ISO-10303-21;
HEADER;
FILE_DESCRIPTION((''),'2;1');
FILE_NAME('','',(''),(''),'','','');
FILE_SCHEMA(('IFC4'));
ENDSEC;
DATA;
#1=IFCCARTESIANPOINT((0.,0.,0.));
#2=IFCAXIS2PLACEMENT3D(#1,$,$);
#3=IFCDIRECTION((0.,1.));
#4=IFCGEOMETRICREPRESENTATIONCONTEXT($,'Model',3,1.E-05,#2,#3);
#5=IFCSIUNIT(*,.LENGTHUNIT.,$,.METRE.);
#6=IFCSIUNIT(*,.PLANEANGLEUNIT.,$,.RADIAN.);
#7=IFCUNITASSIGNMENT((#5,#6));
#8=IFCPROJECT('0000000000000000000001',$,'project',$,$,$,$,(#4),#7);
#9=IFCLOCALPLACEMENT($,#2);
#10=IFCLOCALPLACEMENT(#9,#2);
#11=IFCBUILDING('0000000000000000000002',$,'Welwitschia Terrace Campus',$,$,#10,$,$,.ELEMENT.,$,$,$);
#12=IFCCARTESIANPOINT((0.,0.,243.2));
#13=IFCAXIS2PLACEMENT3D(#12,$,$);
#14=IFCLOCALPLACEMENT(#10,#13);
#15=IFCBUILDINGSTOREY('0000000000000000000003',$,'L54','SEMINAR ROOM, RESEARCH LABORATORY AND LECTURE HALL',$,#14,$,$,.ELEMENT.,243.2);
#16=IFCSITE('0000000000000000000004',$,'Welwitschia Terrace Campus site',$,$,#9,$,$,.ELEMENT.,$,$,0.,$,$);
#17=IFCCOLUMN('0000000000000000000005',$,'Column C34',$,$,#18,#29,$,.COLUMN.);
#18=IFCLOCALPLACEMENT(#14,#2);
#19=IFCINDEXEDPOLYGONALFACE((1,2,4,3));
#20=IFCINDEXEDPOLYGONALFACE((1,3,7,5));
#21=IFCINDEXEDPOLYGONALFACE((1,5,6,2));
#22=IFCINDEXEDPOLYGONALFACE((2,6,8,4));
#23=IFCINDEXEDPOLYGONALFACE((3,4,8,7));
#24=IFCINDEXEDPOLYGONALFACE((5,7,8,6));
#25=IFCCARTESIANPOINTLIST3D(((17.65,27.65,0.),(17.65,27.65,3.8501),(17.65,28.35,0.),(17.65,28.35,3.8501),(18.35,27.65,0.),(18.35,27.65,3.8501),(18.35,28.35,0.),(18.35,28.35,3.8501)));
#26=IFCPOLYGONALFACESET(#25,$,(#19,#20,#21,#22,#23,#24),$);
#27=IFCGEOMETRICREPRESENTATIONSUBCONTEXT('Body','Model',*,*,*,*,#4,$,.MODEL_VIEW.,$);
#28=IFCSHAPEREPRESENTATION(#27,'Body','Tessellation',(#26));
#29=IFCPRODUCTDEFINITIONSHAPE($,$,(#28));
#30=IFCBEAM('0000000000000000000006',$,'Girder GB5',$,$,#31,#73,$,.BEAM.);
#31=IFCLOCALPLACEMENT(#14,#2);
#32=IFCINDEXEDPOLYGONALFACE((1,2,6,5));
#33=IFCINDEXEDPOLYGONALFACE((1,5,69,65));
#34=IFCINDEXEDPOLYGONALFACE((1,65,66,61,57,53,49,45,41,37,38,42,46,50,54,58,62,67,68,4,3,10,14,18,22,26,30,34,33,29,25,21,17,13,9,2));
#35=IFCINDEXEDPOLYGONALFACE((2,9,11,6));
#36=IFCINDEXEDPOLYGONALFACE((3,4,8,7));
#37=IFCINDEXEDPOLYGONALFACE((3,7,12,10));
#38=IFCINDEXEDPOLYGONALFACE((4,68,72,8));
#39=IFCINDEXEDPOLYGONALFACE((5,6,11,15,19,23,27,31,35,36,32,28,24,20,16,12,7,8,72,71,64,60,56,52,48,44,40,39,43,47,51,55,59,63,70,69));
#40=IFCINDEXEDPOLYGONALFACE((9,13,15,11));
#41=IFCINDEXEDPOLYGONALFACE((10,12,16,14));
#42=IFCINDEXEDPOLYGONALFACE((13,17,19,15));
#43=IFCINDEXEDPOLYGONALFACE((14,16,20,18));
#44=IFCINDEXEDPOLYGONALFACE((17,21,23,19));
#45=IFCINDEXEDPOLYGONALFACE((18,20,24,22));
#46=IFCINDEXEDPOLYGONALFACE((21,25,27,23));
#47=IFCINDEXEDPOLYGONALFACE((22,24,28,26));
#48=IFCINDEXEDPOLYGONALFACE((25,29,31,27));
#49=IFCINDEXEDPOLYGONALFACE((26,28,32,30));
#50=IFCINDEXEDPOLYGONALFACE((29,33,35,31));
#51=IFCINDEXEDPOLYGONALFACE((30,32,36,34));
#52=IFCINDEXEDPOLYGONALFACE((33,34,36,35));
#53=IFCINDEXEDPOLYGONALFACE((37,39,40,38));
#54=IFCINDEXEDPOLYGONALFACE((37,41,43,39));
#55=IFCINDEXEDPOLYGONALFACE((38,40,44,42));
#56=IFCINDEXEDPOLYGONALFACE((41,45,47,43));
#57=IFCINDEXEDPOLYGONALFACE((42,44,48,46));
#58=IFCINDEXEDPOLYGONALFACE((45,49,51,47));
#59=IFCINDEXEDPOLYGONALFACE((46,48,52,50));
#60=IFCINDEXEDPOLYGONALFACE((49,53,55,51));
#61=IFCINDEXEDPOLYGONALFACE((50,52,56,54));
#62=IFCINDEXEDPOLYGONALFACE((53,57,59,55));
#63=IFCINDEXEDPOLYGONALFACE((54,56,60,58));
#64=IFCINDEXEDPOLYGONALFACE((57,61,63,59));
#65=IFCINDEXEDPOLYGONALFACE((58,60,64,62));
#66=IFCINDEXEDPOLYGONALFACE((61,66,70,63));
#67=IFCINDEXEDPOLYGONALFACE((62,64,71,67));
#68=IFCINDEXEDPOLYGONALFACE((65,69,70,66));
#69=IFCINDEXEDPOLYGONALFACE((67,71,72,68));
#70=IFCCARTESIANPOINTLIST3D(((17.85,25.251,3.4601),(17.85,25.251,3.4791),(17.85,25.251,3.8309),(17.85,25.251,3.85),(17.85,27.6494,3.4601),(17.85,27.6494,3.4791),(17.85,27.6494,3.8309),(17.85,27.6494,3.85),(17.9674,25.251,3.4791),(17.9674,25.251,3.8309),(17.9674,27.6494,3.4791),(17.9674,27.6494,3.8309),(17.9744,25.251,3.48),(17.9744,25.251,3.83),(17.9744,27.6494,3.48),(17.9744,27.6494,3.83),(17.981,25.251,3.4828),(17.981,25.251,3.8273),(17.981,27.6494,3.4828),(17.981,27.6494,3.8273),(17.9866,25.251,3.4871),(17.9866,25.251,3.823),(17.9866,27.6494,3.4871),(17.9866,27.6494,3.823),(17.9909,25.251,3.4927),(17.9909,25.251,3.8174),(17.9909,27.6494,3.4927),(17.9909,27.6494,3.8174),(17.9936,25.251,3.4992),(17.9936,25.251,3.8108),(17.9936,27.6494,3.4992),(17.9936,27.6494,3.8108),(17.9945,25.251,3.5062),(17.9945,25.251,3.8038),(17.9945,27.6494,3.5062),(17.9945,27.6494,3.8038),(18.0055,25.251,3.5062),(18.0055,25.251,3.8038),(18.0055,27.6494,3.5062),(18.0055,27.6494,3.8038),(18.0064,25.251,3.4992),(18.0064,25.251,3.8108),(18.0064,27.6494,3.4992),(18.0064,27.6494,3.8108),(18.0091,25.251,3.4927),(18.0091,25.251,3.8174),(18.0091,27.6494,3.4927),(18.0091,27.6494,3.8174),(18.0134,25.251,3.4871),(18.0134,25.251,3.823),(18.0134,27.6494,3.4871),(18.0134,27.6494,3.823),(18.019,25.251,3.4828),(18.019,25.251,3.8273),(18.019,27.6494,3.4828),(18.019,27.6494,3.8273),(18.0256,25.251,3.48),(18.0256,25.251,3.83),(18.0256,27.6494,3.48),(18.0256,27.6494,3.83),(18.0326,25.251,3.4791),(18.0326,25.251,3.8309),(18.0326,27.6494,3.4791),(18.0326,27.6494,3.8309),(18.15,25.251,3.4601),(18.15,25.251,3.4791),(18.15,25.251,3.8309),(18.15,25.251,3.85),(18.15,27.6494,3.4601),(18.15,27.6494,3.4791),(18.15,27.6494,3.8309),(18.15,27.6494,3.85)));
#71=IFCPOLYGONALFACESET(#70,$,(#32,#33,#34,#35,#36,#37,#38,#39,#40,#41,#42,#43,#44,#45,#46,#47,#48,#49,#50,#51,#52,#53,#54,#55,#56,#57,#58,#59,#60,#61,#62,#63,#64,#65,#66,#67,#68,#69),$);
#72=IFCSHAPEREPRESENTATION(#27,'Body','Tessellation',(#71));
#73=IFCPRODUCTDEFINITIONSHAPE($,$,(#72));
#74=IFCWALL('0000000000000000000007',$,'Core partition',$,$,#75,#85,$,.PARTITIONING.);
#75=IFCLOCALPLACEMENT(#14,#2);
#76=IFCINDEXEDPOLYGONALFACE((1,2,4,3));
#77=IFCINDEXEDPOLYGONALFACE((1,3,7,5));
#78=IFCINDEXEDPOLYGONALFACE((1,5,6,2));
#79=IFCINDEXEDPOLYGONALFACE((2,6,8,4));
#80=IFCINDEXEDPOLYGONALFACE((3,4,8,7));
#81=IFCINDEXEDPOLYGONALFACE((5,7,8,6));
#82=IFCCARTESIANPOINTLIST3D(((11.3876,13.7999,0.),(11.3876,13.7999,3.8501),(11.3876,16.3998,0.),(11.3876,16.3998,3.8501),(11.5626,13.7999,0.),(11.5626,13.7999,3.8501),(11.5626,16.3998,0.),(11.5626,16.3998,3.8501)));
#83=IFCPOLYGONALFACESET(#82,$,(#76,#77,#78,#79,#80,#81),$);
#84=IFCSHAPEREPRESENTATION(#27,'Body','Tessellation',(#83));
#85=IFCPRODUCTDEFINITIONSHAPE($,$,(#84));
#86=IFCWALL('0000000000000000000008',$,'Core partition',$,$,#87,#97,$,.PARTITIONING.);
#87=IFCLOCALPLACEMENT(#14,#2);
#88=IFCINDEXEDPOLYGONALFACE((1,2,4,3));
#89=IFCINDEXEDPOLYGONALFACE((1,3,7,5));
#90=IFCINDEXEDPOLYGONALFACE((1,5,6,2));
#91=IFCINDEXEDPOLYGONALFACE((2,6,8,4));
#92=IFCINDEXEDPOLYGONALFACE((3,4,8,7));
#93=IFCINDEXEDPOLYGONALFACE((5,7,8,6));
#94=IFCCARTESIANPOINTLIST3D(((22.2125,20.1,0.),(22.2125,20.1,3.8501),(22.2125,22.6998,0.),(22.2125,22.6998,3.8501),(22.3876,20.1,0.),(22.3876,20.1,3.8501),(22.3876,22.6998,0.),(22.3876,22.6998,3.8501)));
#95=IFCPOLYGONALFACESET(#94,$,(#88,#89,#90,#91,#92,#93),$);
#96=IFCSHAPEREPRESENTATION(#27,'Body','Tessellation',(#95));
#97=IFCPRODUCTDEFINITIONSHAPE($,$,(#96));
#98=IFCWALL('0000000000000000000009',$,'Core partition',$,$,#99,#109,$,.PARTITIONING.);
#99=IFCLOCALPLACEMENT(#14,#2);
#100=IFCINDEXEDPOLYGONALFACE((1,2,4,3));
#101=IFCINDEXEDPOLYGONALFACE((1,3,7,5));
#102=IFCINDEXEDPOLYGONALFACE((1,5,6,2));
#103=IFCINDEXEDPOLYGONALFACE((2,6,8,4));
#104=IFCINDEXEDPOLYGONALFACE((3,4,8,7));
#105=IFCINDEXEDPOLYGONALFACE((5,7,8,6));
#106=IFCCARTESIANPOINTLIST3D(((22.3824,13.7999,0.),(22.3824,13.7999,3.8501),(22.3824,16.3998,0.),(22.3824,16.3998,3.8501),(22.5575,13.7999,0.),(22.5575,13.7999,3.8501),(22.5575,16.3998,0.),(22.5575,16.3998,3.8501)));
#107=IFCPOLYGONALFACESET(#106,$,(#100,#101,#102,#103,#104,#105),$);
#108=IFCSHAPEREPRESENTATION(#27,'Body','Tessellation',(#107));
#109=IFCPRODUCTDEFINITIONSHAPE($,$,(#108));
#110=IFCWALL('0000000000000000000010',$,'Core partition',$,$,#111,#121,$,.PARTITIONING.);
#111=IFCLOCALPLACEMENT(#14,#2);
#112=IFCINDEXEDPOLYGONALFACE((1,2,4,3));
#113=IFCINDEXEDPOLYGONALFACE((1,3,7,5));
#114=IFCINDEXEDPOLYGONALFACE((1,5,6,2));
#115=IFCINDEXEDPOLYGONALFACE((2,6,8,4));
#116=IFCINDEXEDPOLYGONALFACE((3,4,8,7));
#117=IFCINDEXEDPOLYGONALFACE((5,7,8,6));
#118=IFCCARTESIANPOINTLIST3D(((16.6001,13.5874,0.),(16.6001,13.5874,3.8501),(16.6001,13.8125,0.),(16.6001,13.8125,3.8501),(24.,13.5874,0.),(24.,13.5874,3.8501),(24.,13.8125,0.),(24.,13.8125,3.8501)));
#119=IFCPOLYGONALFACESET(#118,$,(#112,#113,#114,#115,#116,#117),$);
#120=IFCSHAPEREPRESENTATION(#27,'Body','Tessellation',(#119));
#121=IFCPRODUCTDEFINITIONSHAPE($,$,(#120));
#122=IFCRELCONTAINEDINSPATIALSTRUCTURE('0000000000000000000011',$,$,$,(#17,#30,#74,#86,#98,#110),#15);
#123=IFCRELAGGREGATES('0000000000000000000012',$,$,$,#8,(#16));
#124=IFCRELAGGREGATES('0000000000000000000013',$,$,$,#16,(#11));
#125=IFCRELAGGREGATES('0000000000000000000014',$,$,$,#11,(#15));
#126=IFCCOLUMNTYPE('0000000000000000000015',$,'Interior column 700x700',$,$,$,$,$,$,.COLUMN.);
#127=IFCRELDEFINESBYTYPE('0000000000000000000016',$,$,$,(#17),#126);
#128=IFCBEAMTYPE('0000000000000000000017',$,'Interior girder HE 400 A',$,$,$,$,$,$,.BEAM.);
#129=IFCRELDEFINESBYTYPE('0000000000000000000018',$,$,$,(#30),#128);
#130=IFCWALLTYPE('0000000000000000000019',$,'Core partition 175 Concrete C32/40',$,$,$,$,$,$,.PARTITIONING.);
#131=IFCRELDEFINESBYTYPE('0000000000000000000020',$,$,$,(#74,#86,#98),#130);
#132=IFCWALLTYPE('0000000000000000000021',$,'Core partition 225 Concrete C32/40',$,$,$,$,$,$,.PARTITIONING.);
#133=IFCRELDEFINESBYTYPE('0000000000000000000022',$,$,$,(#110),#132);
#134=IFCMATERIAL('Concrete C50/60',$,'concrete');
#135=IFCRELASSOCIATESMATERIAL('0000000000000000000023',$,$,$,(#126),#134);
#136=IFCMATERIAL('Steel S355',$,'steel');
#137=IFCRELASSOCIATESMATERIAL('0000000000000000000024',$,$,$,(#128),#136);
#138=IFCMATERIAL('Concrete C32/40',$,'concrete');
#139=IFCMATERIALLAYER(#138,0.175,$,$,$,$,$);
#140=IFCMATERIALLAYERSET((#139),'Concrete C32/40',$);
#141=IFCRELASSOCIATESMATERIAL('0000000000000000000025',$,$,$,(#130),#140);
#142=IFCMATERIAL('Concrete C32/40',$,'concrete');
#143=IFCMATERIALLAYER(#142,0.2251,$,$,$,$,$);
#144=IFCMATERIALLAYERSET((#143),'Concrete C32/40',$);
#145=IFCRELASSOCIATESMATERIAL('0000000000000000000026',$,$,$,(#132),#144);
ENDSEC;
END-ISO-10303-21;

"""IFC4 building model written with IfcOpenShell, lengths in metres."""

from ifc_helpers import new_model, si_unit, direction, frame, frame_2d, origin, origin_2d, place, context, subcontext, project, spatial, rectangle, i_section, extrude, material, layer, layer_set, material_profile, profile_set, type_object, element, save


model = new_model("IFC4")

# Units and contexts
model_context = context("Model", 3, precision=1e-05, world=origin(), true_north=direction((0.0, 1.0)))
body_context = subcontext(model_context, "Body", "Model", "MODEL_VIEW")
ifc_project = project(units=[si_unit("LENGTHUNIT", "METRE"), si_unit("PLANEANGLEUNIT", "RADIAN")], contexts=[model_context])

# Site, building, storey
site_placement = place(None, origin())
site = spatial("IfcSite", under=ifc_project, at=site_placement, Name="Welwitschia Terrace Campus site", CompositionType="ELEMENT", RefElevation=0.0)
building_placement = place(site_placement, origin())
building = spatial("IfcBuilding", under=site, at=building_placement, Name="Welwitschia Terrace Campus", CompositionType="ELEMENT")
storey_placement = place(building_placement, frame((0.0, 0.0, 243.2)))
storey = spatial("IfcBuildingStorey", under=building, at=storey_placement, Name="L54", Description="SEMINAR ROOM, RESEARCH LABORATORY AND LECTURE HALL", CompositionType="ELEMENT", Elevation=243.2)

# Column
ifc_material_1 = material(Name="Concrete C50/60", Category="concrete")
ifc_material_profile_1 = material_profile(ifc_material_1, rectangle(XDim=0.7, YDim=0.7, at=origin_2d()))
ifc_profile_set_1 = profile_set([ifc_material_profile_1], Name="Concrete C50/60")
column_type = type_object("IfcColumnType", Name="Interior column 700x700", PredefinedType="COLUMN", material=ifc_profile_set_1)
column_placement = place(storey_placement, frame((18.0, 28.0, 0.0), z_axis=(0.0, 0.0, 1.0), x_axis=(1.0, 0.0, 0.0)))
element("IfcColumn", 1, at=column_placement, inside=storey, type_object=column_type, Name="Column C34", PredefinedType="COLUMN", context=body_context, shape_type="SweptSolid", body=[
    extrude(rectangle(XDim=0.7, YDim=0.7, at=origin_2d()), origin(), (0.0, 0.0, 1.0), 3.8501),
])

# Beam
ifc_material_2 = material(Name="Steel S355", Category="steel")
ifc_material_profile_2 = material_profile(ifc_material_2, i_section(OverallWidth=0.3, OverallDepth=0.3899, WebThickness=0.011, FlangeThickness=0.019, FilletRadius=0.0271, at=origin_2d()))
ifc_profile_set_2 = profile_set([ifc_material_profile_2], Name="Steel S355")
beam_type = type_object("IfcBeamType", Name="Interior girder HE 400 A", PredefinedType="BEAM", material=ifc_profile_set_2)
beam_placement = place(storey_placement, frame((18.0, 25.251, 3.655), z_axis=(0.0, 1.0, 0.0), x_axis=(-1.0, 0.0, 0.0)))
element("IfcBeam", 2, at=beam_placement, inside=storey, type_object=beam_type, Name="Girder GB5", PredefinedType="BEAM", context=body_context, shape_type="SweptSolid", body=[
    extrude(i_section(OverallWidth=0.3, OverallDepth=0.3899, WebThickness=0.011, FlangeThickness=0.019, FilletRadius=0.0271, at=origin_2d()), origin(), (0.0, 0.0, 1.0), 2.3984),
])

# Walls
ifc_material_3 = material(Name="Concrete C32/40", Category="concrete")
ifc_layer_1 = layer(ifc_material_3, 0.175)
ifc_layer_set_1 = layer_set([ifc_layer_1], Name="Concrete C32/40")
wall_type_1 = type_object("IfcWallType", Name="Core partition 175 Concrete C32/40", PredefinedType="PARTITIONING", material=ifc_layer_set_1)
for number, where, z_axis, x_axis, name in (
    (3, (11.4751, 13.8, 0.0), (0.0, 0.0, 1.0), (0.0, 1.0, 0.0), "Core partition"),
    (4, (22.3, 20.1001, 0.0), (0.0, 0.0, 1.0), (0.0, 1.0, 0.0), "Core partition"),
    (5, (22.47, 13.8, 0.0), (0.0, 0.0, 1.0), (0.0, 1.0, 0.0), "Core partition"),
):
    element("IfcWall", number, at=place(storey_placement, frame(where, z_axis=z_axis, x_axis=x_axis)), inside=storey, type_object=wall_type_1, Name=name, PredefinedType="PARTITIONING", context=body_context, shape_type="SweptSolid", body=[
        extrude(rectangle(XDim=2.5999, YDim=0.175, at=frame_2d((1.2998, 0.0))), origin(), (0.0, 0.0, 1.0), 3.8501),
    ])
ifc_material_4 = material(Name="Concrete C32/40", Category="concrete")
ifc_layer_2 = layer(ifc_material_4, 0.2251)
ifc_layer_set_2 = layer_set([ifc_layer_2], Name="Concrete C32/40")
wall_type_2 = type_object("IfcWallType", Name="Core partition 225 Concrete C32/40", PredefinedType="PARTITIONING", material=ifc_layer_set_2)
wall_1_placement = place(storey_placement, frame((16.6001, 13.7, 0.0), z_axis=(0.0, 0.0, 1.0), x_axis=(1.0, 0.0, 0.0)))
element("IfcWall", 6, at=wall_1_placement, inside=storey, type_object=wall_type_2, Name="Core partition", PredefinedType="PARTITIONING", context=body_context, shape_type="SweptSolid", body=[
    extrude(rectangle(XDim=7.3999, YDim=0.2251, at=frame_2d((3.7, 0.0))), origin(), (0.0, 0.0, 1.0), 3.8501),
])

save(model, "model.ifc")
